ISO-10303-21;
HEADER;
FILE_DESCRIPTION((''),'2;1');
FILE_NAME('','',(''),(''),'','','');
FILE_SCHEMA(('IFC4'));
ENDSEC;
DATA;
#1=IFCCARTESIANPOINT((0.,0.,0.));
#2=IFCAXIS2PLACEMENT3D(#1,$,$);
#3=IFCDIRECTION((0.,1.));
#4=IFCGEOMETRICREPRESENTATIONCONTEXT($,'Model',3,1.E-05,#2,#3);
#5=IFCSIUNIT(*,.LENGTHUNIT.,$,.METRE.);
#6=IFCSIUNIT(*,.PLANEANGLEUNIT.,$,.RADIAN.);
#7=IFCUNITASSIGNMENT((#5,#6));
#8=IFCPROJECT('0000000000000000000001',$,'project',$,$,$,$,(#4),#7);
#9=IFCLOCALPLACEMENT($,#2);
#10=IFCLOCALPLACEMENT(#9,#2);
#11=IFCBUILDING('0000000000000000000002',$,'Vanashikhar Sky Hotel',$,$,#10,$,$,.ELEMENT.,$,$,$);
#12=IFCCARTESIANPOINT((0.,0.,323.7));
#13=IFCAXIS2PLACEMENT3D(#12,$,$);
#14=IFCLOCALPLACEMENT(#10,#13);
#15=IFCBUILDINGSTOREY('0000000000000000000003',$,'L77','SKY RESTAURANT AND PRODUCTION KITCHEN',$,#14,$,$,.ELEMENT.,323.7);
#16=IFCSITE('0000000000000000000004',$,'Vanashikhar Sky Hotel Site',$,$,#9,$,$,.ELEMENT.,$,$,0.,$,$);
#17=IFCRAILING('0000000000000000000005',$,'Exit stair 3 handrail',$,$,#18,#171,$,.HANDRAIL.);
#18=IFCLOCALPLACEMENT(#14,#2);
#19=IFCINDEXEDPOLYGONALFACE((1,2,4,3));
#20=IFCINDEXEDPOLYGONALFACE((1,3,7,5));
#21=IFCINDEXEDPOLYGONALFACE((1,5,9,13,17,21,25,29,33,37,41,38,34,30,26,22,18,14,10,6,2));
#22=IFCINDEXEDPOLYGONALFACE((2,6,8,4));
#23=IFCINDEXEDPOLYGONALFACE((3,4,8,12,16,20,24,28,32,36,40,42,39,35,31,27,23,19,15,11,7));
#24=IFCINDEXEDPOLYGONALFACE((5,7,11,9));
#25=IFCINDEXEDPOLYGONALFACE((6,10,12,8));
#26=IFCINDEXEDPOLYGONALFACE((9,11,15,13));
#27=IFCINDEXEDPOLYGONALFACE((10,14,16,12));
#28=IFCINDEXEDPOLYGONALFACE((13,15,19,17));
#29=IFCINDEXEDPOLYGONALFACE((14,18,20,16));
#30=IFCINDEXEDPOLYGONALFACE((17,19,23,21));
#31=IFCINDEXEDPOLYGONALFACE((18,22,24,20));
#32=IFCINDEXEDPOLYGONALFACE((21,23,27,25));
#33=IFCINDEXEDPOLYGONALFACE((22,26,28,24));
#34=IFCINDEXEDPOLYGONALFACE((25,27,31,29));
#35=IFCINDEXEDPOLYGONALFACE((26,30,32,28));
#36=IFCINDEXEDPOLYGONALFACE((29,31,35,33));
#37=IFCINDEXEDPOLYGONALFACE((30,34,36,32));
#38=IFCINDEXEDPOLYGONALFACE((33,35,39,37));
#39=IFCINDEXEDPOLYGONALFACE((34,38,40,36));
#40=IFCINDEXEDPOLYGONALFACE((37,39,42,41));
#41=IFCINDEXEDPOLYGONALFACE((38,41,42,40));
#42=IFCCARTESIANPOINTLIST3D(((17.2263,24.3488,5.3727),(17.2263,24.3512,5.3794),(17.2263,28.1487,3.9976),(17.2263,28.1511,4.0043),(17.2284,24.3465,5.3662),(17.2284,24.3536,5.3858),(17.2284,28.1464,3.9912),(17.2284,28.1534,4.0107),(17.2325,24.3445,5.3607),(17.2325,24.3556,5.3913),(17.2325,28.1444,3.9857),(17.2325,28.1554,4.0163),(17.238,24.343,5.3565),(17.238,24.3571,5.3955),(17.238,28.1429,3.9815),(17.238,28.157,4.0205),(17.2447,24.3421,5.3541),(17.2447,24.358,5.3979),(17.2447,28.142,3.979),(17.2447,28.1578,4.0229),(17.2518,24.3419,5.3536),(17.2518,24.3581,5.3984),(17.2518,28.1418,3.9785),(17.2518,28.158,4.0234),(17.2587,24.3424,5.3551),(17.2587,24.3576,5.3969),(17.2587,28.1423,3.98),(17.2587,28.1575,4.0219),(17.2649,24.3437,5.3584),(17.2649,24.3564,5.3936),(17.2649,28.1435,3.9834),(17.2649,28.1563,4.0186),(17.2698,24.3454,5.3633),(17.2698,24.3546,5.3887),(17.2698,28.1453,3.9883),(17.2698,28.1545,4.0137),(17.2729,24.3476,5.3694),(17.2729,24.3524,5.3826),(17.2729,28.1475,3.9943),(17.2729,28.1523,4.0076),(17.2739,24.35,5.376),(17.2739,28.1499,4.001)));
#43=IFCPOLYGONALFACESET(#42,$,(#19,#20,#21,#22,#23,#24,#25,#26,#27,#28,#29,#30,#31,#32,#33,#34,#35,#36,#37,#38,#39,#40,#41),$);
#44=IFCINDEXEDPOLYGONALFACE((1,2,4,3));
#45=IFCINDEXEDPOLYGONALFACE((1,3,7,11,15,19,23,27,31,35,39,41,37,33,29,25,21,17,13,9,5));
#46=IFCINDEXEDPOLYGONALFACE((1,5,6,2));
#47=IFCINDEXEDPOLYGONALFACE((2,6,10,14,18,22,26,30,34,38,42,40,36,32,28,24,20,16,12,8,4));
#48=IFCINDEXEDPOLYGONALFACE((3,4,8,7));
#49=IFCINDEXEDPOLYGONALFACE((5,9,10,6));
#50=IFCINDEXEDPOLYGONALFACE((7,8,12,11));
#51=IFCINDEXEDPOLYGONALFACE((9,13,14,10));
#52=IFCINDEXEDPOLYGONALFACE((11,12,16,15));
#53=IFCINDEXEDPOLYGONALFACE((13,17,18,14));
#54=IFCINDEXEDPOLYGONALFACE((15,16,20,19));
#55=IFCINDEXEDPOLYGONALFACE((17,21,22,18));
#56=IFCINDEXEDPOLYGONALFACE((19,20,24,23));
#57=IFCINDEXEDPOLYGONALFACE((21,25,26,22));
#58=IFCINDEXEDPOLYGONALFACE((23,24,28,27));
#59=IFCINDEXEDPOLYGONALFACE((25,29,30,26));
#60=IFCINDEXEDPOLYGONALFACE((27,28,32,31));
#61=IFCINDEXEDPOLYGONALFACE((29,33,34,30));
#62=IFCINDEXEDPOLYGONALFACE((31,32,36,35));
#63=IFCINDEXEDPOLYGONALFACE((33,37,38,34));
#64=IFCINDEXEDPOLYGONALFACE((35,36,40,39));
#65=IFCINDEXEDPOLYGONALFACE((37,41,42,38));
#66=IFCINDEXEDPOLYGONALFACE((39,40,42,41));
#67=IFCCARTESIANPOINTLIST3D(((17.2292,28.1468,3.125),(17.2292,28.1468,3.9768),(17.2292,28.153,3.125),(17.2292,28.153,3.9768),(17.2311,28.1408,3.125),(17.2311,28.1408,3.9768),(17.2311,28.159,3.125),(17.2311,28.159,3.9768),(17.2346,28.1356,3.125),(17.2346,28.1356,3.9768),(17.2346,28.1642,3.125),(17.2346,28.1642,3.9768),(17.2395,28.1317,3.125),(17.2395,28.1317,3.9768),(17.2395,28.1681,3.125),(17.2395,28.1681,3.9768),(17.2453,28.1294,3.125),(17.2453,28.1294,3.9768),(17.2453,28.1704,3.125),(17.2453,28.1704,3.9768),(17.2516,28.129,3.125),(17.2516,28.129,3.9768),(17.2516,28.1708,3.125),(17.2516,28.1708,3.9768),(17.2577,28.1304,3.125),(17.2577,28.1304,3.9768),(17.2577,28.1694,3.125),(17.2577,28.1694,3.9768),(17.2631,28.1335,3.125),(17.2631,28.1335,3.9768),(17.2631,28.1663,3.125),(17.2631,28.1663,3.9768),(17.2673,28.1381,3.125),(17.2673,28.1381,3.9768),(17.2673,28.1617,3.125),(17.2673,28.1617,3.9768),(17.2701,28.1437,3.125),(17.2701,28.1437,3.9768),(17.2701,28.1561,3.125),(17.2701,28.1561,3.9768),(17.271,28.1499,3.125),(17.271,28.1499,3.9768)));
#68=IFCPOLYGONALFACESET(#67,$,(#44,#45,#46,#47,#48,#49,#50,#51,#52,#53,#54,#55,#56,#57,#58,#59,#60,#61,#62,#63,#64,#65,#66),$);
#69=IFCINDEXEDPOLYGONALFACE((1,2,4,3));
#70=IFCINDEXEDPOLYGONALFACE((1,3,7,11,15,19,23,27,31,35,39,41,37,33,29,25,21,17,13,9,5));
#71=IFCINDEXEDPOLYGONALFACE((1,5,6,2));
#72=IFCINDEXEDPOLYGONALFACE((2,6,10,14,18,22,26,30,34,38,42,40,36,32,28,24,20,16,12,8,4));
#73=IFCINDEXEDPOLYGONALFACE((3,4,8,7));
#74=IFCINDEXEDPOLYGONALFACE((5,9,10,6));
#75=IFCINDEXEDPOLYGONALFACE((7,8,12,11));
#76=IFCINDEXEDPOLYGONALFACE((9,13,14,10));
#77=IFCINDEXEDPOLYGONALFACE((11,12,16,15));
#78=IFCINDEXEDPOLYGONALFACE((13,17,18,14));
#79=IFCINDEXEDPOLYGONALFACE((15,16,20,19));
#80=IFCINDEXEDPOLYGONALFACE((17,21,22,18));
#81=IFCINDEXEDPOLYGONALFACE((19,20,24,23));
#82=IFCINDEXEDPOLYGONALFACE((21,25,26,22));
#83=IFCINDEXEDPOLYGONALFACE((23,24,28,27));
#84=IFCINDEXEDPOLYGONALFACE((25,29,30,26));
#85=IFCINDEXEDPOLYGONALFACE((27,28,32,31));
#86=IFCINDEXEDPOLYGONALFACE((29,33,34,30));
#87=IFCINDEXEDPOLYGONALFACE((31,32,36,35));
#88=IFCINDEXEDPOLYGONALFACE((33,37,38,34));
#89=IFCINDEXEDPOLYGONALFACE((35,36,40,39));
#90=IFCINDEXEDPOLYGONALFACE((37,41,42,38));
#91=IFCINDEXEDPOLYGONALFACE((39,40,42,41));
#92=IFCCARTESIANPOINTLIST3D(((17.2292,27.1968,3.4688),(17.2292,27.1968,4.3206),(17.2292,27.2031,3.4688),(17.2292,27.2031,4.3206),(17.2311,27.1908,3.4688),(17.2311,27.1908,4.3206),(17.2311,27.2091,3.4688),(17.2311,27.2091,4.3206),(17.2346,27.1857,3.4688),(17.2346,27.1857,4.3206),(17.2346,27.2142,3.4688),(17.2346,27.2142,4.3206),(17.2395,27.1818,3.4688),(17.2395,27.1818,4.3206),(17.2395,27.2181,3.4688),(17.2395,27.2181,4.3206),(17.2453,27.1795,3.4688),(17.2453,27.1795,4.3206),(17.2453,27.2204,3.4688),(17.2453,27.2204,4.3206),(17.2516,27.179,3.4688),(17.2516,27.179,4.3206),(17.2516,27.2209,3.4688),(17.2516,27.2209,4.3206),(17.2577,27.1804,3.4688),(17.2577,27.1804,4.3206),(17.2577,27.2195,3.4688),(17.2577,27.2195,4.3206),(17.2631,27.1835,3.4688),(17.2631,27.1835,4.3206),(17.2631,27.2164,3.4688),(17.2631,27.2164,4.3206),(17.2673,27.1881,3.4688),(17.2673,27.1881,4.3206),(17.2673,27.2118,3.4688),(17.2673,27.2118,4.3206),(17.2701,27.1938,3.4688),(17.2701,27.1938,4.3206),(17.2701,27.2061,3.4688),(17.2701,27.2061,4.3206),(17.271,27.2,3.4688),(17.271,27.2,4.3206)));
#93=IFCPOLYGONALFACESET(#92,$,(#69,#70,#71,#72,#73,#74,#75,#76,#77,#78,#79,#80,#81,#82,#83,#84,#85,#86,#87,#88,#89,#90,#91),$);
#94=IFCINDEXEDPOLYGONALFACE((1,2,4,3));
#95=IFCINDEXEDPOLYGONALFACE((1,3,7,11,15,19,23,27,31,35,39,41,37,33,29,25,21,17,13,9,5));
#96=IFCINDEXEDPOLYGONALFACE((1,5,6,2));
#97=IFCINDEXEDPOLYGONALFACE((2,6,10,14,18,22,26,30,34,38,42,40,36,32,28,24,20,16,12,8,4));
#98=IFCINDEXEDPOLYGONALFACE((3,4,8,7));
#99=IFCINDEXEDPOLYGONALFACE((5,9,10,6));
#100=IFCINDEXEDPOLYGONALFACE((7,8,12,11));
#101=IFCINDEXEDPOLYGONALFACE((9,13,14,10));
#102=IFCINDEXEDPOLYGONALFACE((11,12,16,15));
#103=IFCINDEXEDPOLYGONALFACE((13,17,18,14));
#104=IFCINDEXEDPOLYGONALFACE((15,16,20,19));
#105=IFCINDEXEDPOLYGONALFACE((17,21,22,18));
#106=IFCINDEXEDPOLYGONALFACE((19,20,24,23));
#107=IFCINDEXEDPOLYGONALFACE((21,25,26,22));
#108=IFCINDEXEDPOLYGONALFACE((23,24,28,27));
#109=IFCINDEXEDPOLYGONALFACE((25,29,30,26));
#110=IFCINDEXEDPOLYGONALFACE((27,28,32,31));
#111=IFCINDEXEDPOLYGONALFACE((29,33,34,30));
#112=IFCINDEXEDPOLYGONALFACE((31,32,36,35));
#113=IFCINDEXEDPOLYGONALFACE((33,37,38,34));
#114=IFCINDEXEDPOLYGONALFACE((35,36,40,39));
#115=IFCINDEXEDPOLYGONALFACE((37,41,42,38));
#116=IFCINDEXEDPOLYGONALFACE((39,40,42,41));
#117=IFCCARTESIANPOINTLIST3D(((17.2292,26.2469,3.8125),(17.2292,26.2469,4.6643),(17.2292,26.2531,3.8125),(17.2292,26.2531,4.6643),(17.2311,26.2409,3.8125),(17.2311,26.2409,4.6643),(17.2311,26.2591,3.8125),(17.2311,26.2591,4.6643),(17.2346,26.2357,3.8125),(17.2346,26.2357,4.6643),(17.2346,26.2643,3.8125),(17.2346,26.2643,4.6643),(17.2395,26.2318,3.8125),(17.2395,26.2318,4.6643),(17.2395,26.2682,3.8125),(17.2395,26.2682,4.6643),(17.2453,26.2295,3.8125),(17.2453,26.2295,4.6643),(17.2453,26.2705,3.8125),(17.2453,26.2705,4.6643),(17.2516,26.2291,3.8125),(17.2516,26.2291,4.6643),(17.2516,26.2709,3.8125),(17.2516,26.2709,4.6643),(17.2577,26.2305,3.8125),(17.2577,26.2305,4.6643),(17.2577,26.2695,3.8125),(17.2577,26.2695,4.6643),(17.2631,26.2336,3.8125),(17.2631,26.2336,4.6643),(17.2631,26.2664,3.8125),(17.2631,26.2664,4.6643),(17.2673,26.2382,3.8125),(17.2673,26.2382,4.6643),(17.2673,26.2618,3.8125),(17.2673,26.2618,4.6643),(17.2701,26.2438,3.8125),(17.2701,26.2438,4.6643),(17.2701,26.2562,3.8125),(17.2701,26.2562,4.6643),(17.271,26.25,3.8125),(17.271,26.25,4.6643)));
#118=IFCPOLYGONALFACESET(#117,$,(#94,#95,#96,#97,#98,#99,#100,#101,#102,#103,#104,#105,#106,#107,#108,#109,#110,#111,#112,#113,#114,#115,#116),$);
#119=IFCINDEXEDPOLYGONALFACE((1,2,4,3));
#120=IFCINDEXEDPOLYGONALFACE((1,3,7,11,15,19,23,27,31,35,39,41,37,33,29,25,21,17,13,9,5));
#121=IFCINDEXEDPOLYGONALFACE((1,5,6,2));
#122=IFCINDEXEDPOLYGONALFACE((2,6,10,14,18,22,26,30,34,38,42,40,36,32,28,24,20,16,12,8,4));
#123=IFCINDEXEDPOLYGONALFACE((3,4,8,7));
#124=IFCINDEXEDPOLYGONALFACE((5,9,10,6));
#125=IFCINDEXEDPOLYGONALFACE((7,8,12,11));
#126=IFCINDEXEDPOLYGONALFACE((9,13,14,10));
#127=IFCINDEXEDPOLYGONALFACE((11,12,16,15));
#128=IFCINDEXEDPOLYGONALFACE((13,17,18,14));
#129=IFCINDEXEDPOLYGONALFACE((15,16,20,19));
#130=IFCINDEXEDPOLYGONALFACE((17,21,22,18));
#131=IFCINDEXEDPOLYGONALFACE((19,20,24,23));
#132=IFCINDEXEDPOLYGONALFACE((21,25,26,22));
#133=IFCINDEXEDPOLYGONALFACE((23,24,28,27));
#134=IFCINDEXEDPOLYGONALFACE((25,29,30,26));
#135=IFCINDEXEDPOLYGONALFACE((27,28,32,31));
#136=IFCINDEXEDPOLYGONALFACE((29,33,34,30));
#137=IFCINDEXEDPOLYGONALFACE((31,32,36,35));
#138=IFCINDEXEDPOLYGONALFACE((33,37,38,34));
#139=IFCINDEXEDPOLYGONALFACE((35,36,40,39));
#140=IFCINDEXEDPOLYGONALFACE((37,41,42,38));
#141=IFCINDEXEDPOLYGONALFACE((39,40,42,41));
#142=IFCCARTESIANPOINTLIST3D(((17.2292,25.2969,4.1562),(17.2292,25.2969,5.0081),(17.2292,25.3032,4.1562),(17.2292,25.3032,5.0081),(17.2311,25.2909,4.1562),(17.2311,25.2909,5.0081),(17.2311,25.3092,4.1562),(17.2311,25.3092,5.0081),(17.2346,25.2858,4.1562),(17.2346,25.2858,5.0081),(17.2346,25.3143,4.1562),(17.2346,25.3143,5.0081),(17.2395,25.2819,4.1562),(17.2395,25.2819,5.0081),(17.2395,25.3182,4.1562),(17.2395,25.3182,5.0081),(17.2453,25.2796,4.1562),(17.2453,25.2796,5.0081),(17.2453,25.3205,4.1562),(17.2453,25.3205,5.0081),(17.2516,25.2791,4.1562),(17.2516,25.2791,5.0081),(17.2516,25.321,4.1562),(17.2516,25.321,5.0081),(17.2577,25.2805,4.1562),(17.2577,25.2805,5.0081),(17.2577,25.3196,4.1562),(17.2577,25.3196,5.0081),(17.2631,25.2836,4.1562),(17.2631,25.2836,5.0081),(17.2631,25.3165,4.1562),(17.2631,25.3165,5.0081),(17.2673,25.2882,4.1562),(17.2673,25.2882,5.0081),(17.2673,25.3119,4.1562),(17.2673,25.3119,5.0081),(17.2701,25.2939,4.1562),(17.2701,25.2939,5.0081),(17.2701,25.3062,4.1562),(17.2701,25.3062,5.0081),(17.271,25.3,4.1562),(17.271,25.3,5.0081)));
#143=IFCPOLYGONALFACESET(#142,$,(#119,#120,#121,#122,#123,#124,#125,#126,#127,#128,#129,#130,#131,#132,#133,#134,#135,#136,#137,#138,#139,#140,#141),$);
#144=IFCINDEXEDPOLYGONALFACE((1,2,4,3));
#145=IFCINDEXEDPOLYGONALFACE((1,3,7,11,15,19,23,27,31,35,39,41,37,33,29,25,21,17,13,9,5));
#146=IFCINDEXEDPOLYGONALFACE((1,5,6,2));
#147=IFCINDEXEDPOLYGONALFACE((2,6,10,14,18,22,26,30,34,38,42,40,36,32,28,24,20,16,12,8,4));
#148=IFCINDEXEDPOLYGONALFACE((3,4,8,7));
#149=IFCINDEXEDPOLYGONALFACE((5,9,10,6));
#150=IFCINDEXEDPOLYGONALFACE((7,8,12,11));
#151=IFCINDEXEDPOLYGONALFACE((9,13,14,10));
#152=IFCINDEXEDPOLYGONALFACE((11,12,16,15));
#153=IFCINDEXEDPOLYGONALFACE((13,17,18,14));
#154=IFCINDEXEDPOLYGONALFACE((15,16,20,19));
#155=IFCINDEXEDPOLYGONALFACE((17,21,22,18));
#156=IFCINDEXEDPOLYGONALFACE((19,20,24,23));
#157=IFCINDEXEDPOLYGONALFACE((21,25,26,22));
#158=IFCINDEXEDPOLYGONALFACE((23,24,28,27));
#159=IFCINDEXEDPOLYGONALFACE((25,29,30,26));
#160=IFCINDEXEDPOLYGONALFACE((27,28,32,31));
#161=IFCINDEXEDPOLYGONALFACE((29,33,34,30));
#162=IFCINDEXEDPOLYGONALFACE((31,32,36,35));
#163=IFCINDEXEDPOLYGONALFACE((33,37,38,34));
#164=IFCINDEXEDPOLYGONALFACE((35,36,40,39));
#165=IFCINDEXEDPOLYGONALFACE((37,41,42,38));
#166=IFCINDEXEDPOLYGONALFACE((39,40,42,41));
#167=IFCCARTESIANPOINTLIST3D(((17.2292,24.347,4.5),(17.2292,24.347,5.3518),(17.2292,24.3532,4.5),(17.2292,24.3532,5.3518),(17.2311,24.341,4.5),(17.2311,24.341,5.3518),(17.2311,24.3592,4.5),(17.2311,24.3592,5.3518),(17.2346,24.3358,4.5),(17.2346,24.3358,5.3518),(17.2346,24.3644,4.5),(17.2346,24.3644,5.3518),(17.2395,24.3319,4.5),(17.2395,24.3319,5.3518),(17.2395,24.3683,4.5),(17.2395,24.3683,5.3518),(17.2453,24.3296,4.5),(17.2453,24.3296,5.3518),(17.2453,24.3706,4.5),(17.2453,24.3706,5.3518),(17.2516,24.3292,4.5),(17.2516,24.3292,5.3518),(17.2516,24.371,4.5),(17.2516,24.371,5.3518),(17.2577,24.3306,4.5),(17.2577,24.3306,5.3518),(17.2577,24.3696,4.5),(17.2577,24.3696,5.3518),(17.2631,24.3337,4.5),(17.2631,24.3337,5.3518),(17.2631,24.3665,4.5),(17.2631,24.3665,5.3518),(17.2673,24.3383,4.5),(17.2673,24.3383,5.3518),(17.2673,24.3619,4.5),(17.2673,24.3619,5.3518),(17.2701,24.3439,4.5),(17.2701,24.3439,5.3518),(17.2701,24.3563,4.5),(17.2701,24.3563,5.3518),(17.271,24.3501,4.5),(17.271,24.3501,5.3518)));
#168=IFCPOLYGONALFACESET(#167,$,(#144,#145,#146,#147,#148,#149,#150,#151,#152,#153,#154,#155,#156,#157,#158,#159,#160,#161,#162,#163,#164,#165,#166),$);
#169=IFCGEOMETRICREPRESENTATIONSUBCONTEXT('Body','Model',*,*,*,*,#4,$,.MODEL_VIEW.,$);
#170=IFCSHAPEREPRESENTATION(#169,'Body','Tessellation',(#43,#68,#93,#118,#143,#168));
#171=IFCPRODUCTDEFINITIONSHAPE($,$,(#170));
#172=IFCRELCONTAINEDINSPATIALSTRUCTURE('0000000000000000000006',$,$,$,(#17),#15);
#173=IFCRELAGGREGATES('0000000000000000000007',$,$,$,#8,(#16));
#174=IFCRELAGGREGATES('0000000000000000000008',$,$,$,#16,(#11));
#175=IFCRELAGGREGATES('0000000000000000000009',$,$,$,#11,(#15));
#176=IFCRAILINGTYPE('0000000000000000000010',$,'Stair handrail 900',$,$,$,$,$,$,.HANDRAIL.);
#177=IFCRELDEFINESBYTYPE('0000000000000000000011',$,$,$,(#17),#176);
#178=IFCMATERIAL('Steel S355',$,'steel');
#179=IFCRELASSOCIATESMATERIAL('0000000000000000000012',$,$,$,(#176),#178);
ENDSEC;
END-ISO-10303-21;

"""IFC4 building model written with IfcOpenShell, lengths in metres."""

from ifc_helpers import new_model, si_unit, direction, frame, origin, origin_2d, place, context, subcontext, project, spatial, circle, extrude, source, transform, mapped, material, type_object, element, save


model = new_model("IFC4")

# Units and contexts
model_context = context("Model", 3, precision=1e-05, world=origin(), true_north=direction((0.0, 1.0)))
body_context = subcontext(model_context, "Body", "Model", "MODEL_VIEW")
ifc_project = project(units=[si_unit("LENGTHUNIT", "METRE"), si_unit("PLANEANGLEUNIT", "RADIAN")], contexts=[model_context])

# Site, building, storey
site_placement = place(None, origin())
site = spatial("IfcSite", under=ifc_project, at=site_placement, Name="Vanashikhar Sky Hotel Site", CompositionType="ELEMENT", RefElevation=0.0)
building_placement = place(site_placement, origin())
building = spatial("IfcBuilding", under=site, at=building_placement, Name="Vanashikhar Sky Hotel", CompositionType="ELEMENT")
storey_placement = place(building_placement, frame((0.0, 0.0, 323.7)))
storey = spatial("IfcBuildingStorey", under=building, at=storey_placement, Name="L77", Description="SKY RESTAURANT AND PRODUCTION KITCHEN", CompositionType="ELEMENT", Elevation=323.7)

# Railing
ifc_material_1 = material(Name="Steel S355", Category="steel")
railing_type_1 = type_object("IfcRailingType", Name="Stair handrail 900", PredefinedType="HANDRAIL", material=ifc_material_1)
shared_shape_1 = source(origin(), body_context, "Body", "SweptSolid", [
    extrude(circle(Radius=0.0239, at=origin_2d()), frame((0.0, 0.0, 0.876), z_axis=(0.0, -0.940329, 0.340268), x_axis=(1.0, 0.0, 0.0)), (0.0, 0.0, 1.0), 4.041),
    extrude(circle(Radius=0.021, at=origin_2d()), origin(), (0.0, 0.0, 1.0), 0.8518),
    extrude(circle(Radius=0.021, at=origin_2d()), frame((0.0, -0.95, 0.3438)), (0.0, 0.0, 1.0), 0.8518),
    extrude(circle(Radius=0.021, at=origin_2d()), frame((0.0, -1.8999, 0.6875)), (0.0, 0.0, 1.0), 0.8518),
    extrude(circle(Radius=0.021, at=origin_2d()), frame((0.0, -2.8499, 1.0312)), (0.0, 0.0, 1.0), 0.8518),
    extrude(circle(Radius=0.021, at=origin_2d()), frame((0.0, -3.7998, 1.375)), (0.0, 0.0, 1.0), 0.8518),
])
for number, where, name in (
    (1, (17.25, 28.1499, 3.125), "Exit stair 3 handrail"),
):
    element("IfcRailing", number, at=place(storey_placement, frame(where)), inside=storey, type_object=railing_type_1, Name=name, PredefinedType="HANDRAIL", context=body_context, shape_type="MappedRepresentation", body=[
        mapped(shared_shape_1, transform((0.0, 0.0, 0.0), scale=1.0)),
    ])

save(model, "model.ifc")
